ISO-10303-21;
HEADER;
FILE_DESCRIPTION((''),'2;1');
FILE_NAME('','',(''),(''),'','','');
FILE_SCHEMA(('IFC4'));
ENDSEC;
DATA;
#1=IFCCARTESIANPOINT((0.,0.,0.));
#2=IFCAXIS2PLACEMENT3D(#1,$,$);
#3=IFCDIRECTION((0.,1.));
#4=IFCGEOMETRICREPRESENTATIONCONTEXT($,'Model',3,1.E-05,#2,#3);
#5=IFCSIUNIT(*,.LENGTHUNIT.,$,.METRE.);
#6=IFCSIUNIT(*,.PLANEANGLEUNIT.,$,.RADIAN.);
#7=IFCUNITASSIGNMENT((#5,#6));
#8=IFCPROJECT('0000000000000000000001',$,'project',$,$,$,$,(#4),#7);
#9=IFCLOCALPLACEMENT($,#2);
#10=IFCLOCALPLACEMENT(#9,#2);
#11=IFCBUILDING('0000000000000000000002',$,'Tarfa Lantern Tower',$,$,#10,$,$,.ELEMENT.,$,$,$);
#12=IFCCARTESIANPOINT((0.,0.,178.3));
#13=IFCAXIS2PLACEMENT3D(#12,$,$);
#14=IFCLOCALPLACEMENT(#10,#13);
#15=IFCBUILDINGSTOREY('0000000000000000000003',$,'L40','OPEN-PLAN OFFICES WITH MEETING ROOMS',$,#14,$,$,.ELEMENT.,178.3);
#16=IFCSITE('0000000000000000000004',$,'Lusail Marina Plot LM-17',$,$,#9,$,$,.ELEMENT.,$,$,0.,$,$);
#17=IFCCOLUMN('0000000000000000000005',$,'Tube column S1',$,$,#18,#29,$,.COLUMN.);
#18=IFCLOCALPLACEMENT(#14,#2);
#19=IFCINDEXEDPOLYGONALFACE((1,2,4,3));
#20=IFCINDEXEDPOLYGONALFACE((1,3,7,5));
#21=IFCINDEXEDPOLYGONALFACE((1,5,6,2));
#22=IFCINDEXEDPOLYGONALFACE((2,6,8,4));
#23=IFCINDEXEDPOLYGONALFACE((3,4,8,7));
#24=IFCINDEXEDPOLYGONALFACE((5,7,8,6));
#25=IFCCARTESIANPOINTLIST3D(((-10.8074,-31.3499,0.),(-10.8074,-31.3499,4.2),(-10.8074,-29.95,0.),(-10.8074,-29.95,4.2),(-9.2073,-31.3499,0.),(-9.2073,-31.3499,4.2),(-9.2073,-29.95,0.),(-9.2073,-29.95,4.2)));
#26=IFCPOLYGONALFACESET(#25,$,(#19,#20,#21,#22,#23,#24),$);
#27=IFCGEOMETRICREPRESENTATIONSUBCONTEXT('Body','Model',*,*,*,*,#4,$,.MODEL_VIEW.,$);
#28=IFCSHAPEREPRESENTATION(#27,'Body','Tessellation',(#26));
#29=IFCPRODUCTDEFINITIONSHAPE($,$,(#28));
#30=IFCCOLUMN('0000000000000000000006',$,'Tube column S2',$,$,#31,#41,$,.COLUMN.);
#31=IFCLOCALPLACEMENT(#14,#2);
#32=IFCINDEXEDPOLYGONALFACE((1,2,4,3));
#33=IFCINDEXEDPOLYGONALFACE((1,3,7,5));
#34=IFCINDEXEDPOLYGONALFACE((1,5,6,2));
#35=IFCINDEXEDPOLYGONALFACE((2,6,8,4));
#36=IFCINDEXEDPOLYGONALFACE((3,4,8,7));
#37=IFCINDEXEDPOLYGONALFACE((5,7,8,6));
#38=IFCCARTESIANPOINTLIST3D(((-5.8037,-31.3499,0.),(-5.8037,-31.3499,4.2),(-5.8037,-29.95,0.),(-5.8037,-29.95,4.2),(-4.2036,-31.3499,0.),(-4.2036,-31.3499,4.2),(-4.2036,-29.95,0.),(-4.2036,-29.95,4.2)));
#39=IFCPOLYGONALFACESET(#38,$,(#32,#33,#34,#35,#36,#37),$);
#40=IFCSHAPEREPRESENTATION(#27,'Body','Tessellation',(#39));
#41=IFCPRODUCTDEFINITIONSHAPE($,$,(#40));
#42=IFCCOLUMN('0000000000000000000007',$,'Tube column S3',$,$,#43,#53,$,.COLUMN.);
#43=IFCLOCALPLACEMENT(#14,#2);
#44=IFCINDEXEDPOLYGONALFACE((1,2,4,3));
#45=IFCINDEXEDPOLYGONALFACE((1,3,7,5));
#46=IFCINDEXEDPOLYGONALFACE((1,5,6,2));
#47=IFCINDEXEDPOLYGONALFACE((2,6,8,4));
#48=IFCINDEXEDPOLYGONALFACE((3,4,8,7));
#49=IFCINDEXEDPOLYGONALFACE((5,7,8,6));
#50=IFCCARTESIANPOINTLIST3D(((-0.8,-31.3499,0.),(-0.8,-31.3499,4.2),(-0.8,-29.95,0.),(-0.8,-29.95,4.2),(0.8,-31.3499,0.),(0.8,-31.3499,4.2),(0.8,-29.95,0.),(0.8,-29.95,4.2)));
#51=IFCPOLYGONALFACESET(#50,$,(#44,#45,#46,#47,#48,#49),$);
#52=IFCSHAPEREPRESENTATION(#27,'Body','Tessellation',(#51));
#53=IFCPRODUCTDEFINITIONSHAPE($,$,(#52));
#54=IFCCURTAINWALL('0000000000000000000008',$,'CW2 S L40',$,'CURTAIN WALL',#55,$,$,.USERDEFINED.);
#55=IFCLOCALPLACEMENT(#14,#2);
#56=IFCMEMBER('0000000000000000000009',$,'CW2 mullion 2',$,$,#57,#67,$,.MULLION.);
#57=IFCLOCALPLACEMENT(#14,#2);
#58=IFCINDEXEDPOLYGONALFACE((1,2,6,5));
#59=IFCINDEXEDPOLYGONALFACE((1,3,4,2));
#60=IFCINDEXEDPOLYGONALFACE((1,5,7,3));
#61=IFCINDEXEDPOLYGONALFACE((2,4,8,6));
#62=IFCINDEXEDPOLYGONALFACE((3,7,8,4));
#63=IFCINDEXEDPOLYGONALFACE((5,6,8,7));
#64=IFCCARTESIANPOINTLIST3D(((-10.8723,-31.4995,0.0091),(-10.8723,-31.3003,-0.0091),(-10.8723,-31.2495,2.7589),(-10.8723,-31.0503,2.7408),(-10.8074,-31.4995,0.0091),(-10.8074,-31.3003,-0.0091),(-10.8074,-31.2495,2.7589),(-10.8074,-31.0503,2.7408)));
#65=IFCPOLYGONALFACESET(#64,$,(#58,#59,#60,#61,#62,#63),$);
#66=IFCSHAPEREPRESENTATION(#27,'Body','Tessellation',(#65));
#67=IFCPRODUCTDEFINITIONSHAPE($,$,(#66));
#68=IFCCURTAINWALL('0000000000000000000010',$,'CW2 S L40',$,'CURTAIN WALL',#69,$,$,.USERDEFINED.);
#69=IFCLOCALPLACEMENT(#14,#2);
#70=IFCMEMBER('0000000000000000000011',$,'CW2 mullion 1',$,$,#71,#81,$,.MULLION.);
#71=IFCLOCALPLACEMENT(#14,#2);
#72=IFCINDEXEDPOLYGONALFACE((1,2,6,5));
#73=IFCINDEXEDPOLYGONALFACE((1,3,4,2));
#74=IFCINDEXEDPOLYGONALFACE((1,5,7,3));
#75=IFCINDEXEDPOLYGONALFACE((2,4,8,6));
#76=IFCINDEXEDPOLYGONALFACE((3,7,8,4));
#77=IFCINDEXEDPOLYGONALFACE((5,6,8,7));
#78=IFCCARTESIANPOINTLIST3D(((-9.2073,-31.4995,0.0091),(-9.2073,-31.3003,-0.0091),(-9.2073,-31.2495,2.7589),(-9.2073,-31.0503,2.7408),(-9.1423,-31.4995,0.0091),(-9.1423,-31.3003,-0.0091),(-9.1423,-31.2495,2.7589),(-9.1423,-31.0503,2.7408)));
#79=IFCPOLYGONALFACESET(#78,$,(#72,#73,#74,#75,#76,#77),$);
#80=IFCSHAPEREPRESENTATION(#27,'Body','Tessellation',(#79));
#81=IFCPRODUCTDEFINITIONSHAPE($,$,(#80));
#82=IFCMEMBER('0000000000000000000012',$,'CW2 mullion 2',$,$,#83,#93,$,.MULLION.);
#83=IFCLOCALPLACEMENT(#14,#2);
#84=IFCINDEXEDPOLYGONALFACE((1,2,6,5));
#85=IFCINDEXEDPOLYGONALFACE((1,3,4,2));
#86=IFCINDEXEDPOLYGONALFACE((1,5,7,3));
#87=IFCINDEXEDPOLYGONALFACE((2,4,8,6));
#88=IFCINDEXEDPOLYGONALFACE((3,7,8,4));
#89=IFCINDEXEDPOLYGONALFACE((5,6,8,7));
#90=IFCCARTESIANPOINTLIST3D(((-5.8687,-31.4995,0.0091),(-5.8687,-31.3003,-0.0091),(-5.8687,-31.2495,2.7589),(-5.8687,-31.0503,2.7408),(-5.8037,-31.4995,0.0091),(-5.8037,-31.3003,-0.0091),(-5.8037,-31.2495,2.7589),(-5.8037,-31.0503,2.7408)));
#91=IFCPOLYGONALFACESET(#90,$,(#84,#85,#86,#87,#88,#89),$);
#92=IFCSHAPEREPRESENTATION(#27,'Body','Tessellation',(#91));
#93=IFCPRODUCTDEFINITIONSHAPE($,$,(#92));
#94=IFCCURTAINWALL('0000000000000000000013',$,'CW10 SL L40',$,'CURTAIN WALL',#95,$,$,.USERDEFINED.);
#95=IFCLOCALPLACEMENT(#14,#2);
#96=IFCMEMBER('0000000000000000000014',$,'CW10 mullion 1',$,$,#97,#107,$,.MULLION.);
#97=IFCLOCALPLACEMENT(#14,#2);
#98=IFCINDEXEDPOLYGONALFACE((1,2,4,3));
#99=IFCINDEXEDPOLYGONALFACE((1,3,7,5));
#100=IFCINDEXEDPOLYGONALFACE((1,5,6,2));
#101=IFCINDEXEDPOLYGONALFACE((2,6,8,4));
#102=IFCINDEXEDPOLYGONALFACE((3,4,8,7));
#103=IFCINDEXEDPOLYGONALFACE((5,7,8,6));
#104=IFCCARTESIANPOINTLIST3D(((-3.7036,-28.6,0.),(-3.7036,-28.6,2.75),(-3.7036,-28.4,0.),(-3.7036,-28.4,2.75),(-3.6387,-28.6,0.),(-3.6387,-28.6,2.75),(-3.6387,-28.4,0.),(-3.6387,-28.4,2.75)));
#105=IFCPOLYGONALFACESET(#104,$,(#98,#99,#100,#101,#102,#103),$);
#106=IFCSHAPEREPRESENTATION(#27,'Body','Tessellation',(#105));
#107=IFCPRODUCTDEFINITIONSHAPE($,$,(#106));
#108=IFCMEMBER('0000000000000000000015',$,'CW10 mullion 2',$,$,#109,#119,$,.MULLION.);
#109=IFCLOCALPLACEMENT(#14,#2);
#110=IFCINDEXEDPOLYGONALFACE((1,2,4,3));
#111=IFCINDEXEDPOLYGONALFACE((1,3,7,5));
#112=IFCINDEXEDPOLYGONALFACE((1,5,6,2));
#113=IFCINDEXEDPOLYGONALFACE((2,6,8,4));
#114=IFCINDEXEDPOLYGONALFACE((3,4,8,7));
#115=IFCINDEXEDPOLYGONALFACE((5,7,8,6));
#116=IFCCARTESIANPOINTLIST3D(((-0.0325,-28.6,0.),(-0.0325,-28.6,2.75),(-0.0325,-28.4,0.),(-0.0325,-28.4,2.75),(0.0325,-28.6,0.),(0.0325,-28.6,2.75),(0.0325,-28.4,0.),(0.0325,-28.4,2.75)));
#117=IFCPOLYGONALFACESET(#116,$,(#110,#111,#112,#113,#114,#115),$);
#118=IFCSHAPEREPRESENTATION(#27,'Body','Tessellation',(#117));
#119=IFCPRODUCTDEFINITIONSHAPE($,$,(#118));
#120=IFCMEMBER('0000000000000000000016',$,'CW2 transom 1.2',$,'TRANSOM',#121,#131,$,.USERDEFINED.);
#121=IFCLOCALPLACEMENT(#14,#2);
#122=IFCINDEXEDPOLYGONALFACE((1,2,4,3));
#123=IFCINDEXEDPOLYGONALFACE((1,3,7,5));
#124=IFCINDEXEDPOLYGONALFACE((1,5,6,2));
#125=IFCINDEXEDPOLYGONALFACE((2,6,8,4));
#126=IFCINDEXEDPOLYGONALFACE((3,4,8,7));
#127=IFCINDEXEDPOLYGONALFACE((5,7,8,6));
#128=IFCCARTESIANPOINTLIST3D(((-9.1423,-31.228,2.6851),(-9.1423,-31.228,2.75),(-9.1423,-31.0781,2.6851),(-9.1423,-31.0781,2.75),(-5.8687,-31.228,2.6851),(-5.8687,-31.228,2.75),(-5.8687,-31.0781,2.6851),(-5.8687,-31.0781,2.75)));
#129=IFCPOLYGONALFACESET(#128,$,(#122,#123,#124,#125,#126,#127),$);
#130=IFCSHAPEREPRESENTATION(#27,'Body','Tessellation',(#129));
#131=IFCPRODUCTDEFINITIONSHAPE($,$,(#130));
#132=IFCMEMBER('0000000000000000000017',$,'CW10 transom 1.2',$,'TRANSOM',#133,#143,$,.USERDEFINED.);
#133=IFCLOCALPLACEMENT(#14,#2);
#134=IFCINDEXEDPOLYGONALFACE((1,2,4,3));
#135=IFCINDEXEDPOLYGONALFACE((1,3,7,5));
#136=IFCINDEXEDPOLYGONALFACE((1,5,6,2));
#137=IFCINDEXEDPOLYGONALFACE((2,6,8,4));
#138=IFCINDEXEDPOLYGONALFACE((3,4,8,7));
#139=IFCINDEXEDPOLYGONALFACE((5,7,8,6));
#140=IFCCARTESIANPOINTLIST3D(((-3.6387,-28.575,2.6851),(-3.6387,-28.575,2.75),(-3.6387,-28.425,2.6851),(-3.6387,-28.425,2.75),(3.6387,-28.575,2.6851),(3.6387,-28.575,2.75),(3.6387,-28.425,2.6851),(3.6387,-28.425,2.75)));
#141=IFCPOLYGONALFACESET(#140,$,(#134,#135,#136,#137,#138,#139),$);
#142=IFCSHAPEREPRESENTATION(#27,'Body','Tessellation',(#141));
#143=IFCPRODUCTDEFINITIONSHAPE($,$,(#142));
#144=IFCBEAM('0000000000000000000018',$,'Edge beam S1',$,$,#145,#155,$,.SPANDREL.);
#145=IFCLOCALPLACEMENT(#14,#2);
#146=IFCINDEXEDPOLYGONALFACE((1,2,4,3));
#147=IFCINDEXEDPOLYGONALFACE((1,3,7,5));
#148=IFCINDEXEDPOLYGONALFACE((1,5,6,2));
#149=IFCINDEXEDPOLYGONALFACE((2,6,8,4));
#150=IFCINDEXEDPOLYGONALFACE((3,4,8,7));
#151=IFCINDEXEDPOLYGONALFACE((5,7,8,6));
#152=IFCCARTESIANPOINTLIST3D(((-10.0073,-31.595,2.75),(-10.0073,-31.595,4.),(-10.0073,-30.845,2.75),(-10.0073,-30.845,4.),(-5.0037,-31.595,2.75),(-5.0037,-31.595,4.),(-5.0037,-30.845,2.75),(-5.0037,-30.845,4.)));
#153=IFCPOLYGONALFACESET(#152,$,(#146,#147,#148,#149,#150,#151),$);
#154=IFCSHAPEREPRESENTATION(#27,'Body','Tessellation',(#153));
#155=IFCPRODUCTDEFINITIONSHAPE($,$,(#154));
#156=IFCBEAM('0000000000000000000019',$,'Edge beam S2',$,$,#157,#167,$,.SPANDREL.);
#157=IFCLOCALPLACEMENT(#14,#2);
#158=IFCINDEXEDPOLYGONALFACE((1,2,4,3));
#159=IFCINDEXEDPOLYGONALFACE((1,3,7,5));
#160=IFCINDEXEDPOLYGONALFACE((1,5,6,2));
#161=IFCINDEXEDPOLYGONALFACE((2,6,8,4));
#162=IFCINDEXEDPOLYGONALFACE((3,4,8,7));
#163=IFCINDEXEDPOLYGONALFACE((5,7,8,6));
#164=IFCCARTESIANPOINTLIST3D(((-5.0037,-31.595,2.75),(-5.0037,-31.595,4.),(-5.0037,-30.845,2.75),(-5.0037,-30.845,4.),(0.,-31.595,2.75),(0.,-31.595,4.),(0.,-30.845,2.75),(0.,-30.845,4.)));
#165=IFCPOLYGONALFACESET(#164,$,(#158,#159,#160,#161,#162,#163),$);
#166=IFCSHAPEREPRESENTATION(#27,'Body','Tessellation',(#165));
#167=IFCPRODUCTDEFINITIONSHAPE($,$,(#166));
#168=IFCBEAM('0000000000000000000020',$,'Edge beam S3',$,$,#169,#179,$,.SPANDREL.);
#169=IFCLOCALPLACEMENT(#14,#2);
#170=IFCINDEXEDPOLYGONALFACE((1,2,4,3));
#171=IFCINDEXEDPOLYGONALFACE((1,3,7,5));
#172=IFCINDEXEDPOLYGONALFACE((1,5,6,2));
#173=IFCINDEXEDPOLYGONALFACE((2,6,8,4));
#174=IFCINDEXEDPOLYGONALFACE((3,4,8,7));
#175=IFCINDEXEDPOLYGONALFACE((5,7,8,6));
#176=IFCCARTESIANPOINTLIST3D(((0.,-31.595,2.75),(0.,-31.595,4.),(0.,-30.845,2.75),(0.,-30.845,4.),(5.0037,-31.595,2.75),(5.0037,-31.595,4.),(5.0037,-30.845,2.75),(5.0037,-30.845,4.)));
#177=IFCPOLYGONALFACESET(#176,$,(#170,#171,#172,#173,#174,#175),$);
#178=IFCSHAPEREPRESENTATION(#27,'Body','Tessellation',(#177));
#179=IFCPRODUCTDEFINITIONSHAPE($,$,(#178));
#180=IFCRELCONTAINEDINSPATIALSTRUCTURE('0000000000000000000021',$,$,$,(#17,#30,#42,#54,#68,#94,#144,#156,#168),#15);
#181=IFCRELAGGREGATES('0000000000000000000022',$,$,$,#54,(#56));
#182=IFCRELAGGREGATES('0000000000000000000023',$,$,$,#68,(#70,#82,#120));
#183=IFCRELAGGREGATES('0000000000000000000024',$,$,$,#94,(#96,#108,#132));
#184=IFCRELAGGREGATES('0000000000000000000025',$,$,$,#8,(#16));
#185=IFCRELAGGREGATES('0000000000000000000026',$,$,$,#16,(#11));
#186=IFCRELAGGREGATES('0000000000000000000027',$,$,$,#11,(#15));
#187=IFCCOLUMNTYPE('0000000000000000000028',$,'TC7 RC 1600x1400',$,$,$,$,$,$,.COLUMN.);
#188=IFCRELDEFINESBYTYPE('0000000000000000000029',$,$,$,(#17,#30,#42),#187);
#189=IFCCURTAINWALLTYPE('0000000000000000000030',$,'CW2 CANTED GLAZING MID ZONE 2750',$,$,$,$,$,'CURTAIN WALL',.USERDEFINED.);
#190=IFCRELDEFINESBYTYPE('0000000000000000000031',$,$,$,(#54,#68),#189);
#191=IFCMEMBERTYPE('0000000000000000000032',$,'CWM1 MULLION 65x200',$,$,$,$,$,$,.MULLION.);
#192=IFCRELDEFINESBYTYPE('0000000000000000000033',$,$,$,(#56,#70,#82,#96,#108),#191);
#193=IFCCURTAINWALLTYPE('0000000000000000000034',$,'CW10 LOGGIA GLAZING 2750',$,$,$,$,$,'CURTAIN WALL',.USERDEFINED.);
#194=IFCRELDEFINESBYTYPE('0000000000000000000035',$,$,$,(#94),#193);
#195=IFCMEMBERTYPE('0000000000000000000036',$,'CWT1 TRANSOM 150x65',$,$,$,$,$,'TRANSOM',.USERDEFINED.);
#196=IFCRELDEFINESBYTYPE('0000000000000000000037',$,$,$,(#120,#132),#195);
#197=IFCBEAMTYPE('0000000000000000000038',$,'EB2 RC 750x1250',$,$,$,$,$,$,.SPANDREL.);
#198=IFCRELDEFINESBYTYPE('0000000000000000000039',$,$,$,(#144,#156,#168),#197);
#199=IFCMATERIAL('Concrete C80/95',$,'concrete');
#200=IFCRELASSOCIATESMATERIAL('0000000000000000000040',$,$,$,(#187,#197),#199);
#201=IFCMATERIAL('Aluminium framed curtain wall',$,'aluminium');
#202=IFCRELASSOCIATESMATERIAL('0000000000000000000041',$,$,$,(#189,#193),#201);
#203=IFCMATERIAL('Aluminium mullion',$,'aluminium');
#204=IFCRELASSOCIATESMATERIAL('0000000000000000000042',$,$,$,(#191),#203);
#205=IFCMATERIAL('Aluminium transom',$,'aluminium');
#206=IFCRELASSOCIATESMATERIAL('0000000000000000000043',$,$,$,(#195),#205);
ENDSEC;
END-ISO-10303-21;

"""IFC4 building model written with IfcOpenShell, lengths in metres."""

from ifc_helpers import new_model, si_unit, direction, frame, origin, origin_2d, place, context, subcontext, project, spatial, rectangle, extrude, material, material_profile, profile_set, type_object, element, aggregate, save


model = new_model("IFC4")

# Units and contexts
model_context = context("Model", 3, precision=1e-05, world=origin(), true_north=direction((0.0, 1.0)))
body_context = subcontext(model_context, "Body", "Model", "MODEL_VIEW")
ifc_project = project(units=[si_unit("LENGTHUNIT", "METRE"), si_unit("PLANEANGLEUNIT", "RADIAN")], contexts=[model_context])

# Site, building, storey
site_placement = place(None, origin())
site = spatial("IfcSite", under=ifc_project, at=site_placement, Name="Lusail Marina Plot LM-17", CompositionType="ELEMENT", RefElevation=0.0)
building_placement = place(site_placement, origin())
building = spatial("IfcBuilding", under=site, at=building_placement, Name="Tarfa Lantern Tower", CompositionType="ELEMENT")
storey_placement = place(building_placement, frame((0.0, 0.0, 178.3)))
storey = spatial("IfcBuildingStorey", under=building, at=storey_placement, Name="L40", Description="OPEN-PLAN OFFICES WITH MEETING ROOMS", CompositionType="ELEMENT", Elevation=178.3)

# Columns
ifc_material_1 = material(Name="Concrete C80/95", Category="concrete")
ifc_material_profile_1 = material_profile(ifc_material_1, rectangle(XDim=1.6001, YDim=1.3999, at=origin_2d()), Name="RC 1600x1400")
ifc_profile_set_1 = profile_set([ifc_material_profile_1], Name="Concrete C80/95")
column_type = type_object("IfcColumnType", Name="TC7 RC 1600x1400", PredefinedType="COLUMN", material=ifc_profile_set_1)
for number, where, z_axis, x_axis, name in (
    (1, (-10.0073, -30.6499, 0.0), (0.0, 0.0, 1.0), (1.0, 0.0, 0.0), "Tube column S1"),
    (2, (-5.0037, -30.6499, 0.0), (0.0, 0.0, 1.0), (1.0, 0.0, 0.0), "Tube column S2"),
    (3, (0.0, -30.6499, 0.0), (0.0, 0.0, 1.0), (1.0, 0.0, 0.0), "Tube column S3"),
):
    element("IfcColumn", number, at=place(storey_placement, frame(where, z_axis=z_axis, x_axis=x_axis)), inside=storey, type_object=column_type, Name=name, PredefinedType="COLUMN", context=body_context, shape_type="SweptSolid", body=[
        extrude(rectangle(XDim=1.6001, YDim=1.3999, at=origin_2d()), origin(), (0.0, 0.0, 1.0), 4.2),
    ])

# Curtain wall, member
ifc_material_2 = material(Name="Aluminium framed curtain wall", Category="aluminium")
curtain_wall_type_1 = type_object("IfcCurtainWallType", Name="CW2 CANTED GLAZING MID ZONE 2750", ElementType="CURTAIN WALL", PredefinedType="USERDEFINED", material=ifc_material_2)
curtain_wall_1_placement = place(storey_placement, origin())
curtain_wall_1 = element("IfcCurtainWall", 4, at=curtain_wall_1_placement, inside=storey, type_object=curtain_wall_type_1, Name="CW2 S L40", ObjectType="CURTAIN WALL", PredefinedType="USERDEFINED")
ifc_material_3 = material(Name="Aluminium mullion", Category="aluminium")
ifc_material_profile_2 = material_profile(ifc_material_3, rectangle(XDim=0.0649, YDim=0.2, at=origin_2d()), Name="AL MULLION 65x200")
ifc_profile_set_2 = profile_set([ifc_material_profile_2], Name="Aluminium mullion")
member_type_1 = type_object("IfcMemberType", Name="CWM1 MULLION 65x200", PredefinedType="MULLION", material=ifc_profile_set_2)
member_1_placement = place(storey_placement, frame((-10.8398, -31.3999, 0.0), z_axis=(0.0, 0.090536, 0.995893), x_axis=(-1.0, 0.0, 0.0)))
member_1 = element("IfcMember", 5, at=member_1_placement, type_object=member_type_1, Name="CW2 mullion 2", PredefinedType="MULLION", context=body_context, shape_type="SweptSolid", body=[
    extrude(rectangle(XDim=0.0649, YDim=0.2, at=origin_2d()), origin(), (0.0, 0.0, 1.0), 2.7612),
])
aggregate(curtain_wall_1, [member_1])

# Curtain walls, members
curtain_wall_2_placement = place(storey_placement, origin())
curtain_wall_2 = element("IfcCurtainWall", 6, at=curtain_wall_2_placement, inside=storey, type_object=curtain_wall_type_1, Name="CW2 S L40", ObjectType="CURTAIN WALL", PredefinedType="USERDEFINED")
member_2_placement = place(storey_placement, frame((-9.1748, -31.3999, 0.0), z_axis=(0.0, 0.090536, 0.995893), x_axis=(-1.0, 0.0, 0.0)))
member_2 = element("IfcMember", 7, at=member_2_placement, type_object=member_type_1, Name="CW2 mullion 1", PredefinedType="MULLION", context=body_context, shape_type="SweptSolid", body=[
    extrude(rectangle(XDim=0.0649, YDim=0.2, at=origin_2d()), origin(), (0.0, 0.0, 1.0), 2.7612),
])
member_3_placement = place(storey_placement, frame((-5.8362, -31.3999, 0.0), z_axis=(0.0, 0.090536, 0.995893), x_axis=(-1.0, 0.0, 0.0)))
member_3 = element("IfcMember", 8, at=member_3_placement, type_object=member_type_1, Name="CW2 mullion 2", PredefinedType="MULLION", context=body_context, shape_type="SweptSolid", body=[
    extrude(rectangle(XDim=0.0649, YDim=0.2, at=origin_2d()), origin(), (0.0, 0.0, 1.0), 2.7612),
])
curtain_wall_type_2 = type_object("IfcCurtainWallType", Name="CW10 LOGGIA GLAZING 2750", ElementType="CURTAIN WALL", PredefinedType="USERDEFINED", material=ifc_material_2)
curtain_wall_3_placement = place(storey_placement, origin())
curtain_wall_3 = element("IfcCurtainWall", 9, at=curtain_wall_3_placement, inside=storey, type_object=curtain_wall_type_2, Name="CW10 SL L40", ObjectType="CURTAIN WALL", PredefinedType="USERDEFINED")
member_4_placement = place(storey_placement, frame((-3.6711, -28.5, 0.0), z_axis=(0.0, 0.0, 1.0), x_axis=(1.0, 0.0, 0.0)))
member_4 = element("IfcMember", 10, at=member_4_placement, type_object=member_type_1, Name="CW10 mullion 1", PredefinedType="MULLION", context=body_context, shape_type="SweptSolid", body=[
    extrude(rectangle(XDim=0.0649, YDim=0.2, at=origin_2d()), origin(), (0.0, 0.0, 1.0), 2.75),
])
member_5_placement = place(storey_placement, frame((0.0, -28.5, 0.0), z_axis=(0.0, 0.0, 1.0), x_axis=(1.0, 0.0, 0.0)))
member_5 = element("IfcMember", 11, at=member_5_placement, type_object=member_type_1, Name="CW10 mullion 2", PredefinedType="MULLION", context=body_context, shape_type="SweptSolid", body=[
    extrude(rectangle(XDim=0.0649, YDim=0.2, at=origin_2d()), origin(), (0.0, 0.0, 1.0), 2.75),
])

# Members
ifc_material_4 = material(Name="Aluminium transom", Category="aluminium")
ifc_material_profile_3 = material_profile(ifc_material_4, rectangle(XDim=0.1499, YDim=0.0649, at=origin_2d()), Name="AL TRANSOM 150x65")
ifc_profile_set_3 = profile_set([ifc_material_profile_3], Name="Aluminium transom")
member_type_2 = type_object("IfcMemberType", Name="CWT1 TRANSOM 150x65", ElementType="TRANSOM", PredefinedType="USERDEFINED", material=ifc_profile_set_3)
member_6_placement = place(storey_placement, frame((-9.1423, -31.1531, 2.7175), z_axis=(1.0, 0.0, 0.0), x_axis=(0.0, 1.0, 0.0)))
member_6 = element("IfcMember", 12, at=member_6_placement, type_object=member_type_2, Name="CW2 transom 1.2", ObjectType="TRANSOM", PredefinedType="USERDEFINED", context=body_context, shape_type="SweptSolid", body=[
    extrude(rectangle(XDim=0.1499, YDim=0.0649, at=origin_2d()), origin(), (0.0, 0.0, 1.0), 3.2737),
])
member_7_placement = place(storey_placement, frame((-3.6387, -28.5, 2.7175), z_axis=(1.0, 0.0, 0.0), x_axis=(0.0, 1.0, 0.0)))
member_7 = element("IfcMember", 13, at=member_7_placement, type_object=member_type_2, Name="CW10 transom 1.2", ObjectType="TRANSOM", PredefinedType="USERDEFINED", context=body_context, shape_type="SweptSolid", body=[
    extrude(rectangle(XDim=0.1499, YDim=0.0649, at=origin_2d()), origin(), (0.0, 0.0, 1.0), 7.2773),
])

# Beams
ifc_material_profile_4 = material_profile(ifc_material_1, rectangle(XDim=0.75, YDim=1.25, at=origin_2d()), Name="RC 750x1250")
ifc_profile_set_4 = profile_set([ifc_material_profile_4], Name="Concrete C80/95")
beam_type_1 = type_object("IfcBeamType", Name="EB2 RC 750x1250", PredefinedType="SPANDREL", material=ifc_profile_set_4)
for number, where, z_axis, x_axis, name in (
    (14, (-10.0073, -31.22, 3.375), (1.0, 0.0, 0.0), (0.0, 1.0, 0.0), "Edge beam S1"),
    (15, (-5.0037, -31.22, 3.375), (1.0, 0.0, 0.0), (0.0, 1.0, 0.0), "Edge beam S2"),
    (16, (0.0, -31.22, 3.375), (1.0, 0.0, 0.0), (0.0, 1.0, 0.0), "Edge beam S3"),
):
    element("IfcBeam", number, at=place(storey_placement, frame(where, z_axis=z_axis, x_axis=x_axis)), inside=storey, type_object=beam_type_1, Name=name, PredefinedType="SPANDREL", context=body_context, shape_type="SweptSolid", body=[
        extrude(rectangle(XDim=0.75, YDim=1.25, at=origin_2d()), origin(), (0.0, 0.0, 1.0), 5.0037),
    ])

aggregate(curtain_wall_2, [member_2, member_3, member_6])
aggregate(curtain_wall_3, [member_4, member_5, member_7])

save(model, "model.ifc")
